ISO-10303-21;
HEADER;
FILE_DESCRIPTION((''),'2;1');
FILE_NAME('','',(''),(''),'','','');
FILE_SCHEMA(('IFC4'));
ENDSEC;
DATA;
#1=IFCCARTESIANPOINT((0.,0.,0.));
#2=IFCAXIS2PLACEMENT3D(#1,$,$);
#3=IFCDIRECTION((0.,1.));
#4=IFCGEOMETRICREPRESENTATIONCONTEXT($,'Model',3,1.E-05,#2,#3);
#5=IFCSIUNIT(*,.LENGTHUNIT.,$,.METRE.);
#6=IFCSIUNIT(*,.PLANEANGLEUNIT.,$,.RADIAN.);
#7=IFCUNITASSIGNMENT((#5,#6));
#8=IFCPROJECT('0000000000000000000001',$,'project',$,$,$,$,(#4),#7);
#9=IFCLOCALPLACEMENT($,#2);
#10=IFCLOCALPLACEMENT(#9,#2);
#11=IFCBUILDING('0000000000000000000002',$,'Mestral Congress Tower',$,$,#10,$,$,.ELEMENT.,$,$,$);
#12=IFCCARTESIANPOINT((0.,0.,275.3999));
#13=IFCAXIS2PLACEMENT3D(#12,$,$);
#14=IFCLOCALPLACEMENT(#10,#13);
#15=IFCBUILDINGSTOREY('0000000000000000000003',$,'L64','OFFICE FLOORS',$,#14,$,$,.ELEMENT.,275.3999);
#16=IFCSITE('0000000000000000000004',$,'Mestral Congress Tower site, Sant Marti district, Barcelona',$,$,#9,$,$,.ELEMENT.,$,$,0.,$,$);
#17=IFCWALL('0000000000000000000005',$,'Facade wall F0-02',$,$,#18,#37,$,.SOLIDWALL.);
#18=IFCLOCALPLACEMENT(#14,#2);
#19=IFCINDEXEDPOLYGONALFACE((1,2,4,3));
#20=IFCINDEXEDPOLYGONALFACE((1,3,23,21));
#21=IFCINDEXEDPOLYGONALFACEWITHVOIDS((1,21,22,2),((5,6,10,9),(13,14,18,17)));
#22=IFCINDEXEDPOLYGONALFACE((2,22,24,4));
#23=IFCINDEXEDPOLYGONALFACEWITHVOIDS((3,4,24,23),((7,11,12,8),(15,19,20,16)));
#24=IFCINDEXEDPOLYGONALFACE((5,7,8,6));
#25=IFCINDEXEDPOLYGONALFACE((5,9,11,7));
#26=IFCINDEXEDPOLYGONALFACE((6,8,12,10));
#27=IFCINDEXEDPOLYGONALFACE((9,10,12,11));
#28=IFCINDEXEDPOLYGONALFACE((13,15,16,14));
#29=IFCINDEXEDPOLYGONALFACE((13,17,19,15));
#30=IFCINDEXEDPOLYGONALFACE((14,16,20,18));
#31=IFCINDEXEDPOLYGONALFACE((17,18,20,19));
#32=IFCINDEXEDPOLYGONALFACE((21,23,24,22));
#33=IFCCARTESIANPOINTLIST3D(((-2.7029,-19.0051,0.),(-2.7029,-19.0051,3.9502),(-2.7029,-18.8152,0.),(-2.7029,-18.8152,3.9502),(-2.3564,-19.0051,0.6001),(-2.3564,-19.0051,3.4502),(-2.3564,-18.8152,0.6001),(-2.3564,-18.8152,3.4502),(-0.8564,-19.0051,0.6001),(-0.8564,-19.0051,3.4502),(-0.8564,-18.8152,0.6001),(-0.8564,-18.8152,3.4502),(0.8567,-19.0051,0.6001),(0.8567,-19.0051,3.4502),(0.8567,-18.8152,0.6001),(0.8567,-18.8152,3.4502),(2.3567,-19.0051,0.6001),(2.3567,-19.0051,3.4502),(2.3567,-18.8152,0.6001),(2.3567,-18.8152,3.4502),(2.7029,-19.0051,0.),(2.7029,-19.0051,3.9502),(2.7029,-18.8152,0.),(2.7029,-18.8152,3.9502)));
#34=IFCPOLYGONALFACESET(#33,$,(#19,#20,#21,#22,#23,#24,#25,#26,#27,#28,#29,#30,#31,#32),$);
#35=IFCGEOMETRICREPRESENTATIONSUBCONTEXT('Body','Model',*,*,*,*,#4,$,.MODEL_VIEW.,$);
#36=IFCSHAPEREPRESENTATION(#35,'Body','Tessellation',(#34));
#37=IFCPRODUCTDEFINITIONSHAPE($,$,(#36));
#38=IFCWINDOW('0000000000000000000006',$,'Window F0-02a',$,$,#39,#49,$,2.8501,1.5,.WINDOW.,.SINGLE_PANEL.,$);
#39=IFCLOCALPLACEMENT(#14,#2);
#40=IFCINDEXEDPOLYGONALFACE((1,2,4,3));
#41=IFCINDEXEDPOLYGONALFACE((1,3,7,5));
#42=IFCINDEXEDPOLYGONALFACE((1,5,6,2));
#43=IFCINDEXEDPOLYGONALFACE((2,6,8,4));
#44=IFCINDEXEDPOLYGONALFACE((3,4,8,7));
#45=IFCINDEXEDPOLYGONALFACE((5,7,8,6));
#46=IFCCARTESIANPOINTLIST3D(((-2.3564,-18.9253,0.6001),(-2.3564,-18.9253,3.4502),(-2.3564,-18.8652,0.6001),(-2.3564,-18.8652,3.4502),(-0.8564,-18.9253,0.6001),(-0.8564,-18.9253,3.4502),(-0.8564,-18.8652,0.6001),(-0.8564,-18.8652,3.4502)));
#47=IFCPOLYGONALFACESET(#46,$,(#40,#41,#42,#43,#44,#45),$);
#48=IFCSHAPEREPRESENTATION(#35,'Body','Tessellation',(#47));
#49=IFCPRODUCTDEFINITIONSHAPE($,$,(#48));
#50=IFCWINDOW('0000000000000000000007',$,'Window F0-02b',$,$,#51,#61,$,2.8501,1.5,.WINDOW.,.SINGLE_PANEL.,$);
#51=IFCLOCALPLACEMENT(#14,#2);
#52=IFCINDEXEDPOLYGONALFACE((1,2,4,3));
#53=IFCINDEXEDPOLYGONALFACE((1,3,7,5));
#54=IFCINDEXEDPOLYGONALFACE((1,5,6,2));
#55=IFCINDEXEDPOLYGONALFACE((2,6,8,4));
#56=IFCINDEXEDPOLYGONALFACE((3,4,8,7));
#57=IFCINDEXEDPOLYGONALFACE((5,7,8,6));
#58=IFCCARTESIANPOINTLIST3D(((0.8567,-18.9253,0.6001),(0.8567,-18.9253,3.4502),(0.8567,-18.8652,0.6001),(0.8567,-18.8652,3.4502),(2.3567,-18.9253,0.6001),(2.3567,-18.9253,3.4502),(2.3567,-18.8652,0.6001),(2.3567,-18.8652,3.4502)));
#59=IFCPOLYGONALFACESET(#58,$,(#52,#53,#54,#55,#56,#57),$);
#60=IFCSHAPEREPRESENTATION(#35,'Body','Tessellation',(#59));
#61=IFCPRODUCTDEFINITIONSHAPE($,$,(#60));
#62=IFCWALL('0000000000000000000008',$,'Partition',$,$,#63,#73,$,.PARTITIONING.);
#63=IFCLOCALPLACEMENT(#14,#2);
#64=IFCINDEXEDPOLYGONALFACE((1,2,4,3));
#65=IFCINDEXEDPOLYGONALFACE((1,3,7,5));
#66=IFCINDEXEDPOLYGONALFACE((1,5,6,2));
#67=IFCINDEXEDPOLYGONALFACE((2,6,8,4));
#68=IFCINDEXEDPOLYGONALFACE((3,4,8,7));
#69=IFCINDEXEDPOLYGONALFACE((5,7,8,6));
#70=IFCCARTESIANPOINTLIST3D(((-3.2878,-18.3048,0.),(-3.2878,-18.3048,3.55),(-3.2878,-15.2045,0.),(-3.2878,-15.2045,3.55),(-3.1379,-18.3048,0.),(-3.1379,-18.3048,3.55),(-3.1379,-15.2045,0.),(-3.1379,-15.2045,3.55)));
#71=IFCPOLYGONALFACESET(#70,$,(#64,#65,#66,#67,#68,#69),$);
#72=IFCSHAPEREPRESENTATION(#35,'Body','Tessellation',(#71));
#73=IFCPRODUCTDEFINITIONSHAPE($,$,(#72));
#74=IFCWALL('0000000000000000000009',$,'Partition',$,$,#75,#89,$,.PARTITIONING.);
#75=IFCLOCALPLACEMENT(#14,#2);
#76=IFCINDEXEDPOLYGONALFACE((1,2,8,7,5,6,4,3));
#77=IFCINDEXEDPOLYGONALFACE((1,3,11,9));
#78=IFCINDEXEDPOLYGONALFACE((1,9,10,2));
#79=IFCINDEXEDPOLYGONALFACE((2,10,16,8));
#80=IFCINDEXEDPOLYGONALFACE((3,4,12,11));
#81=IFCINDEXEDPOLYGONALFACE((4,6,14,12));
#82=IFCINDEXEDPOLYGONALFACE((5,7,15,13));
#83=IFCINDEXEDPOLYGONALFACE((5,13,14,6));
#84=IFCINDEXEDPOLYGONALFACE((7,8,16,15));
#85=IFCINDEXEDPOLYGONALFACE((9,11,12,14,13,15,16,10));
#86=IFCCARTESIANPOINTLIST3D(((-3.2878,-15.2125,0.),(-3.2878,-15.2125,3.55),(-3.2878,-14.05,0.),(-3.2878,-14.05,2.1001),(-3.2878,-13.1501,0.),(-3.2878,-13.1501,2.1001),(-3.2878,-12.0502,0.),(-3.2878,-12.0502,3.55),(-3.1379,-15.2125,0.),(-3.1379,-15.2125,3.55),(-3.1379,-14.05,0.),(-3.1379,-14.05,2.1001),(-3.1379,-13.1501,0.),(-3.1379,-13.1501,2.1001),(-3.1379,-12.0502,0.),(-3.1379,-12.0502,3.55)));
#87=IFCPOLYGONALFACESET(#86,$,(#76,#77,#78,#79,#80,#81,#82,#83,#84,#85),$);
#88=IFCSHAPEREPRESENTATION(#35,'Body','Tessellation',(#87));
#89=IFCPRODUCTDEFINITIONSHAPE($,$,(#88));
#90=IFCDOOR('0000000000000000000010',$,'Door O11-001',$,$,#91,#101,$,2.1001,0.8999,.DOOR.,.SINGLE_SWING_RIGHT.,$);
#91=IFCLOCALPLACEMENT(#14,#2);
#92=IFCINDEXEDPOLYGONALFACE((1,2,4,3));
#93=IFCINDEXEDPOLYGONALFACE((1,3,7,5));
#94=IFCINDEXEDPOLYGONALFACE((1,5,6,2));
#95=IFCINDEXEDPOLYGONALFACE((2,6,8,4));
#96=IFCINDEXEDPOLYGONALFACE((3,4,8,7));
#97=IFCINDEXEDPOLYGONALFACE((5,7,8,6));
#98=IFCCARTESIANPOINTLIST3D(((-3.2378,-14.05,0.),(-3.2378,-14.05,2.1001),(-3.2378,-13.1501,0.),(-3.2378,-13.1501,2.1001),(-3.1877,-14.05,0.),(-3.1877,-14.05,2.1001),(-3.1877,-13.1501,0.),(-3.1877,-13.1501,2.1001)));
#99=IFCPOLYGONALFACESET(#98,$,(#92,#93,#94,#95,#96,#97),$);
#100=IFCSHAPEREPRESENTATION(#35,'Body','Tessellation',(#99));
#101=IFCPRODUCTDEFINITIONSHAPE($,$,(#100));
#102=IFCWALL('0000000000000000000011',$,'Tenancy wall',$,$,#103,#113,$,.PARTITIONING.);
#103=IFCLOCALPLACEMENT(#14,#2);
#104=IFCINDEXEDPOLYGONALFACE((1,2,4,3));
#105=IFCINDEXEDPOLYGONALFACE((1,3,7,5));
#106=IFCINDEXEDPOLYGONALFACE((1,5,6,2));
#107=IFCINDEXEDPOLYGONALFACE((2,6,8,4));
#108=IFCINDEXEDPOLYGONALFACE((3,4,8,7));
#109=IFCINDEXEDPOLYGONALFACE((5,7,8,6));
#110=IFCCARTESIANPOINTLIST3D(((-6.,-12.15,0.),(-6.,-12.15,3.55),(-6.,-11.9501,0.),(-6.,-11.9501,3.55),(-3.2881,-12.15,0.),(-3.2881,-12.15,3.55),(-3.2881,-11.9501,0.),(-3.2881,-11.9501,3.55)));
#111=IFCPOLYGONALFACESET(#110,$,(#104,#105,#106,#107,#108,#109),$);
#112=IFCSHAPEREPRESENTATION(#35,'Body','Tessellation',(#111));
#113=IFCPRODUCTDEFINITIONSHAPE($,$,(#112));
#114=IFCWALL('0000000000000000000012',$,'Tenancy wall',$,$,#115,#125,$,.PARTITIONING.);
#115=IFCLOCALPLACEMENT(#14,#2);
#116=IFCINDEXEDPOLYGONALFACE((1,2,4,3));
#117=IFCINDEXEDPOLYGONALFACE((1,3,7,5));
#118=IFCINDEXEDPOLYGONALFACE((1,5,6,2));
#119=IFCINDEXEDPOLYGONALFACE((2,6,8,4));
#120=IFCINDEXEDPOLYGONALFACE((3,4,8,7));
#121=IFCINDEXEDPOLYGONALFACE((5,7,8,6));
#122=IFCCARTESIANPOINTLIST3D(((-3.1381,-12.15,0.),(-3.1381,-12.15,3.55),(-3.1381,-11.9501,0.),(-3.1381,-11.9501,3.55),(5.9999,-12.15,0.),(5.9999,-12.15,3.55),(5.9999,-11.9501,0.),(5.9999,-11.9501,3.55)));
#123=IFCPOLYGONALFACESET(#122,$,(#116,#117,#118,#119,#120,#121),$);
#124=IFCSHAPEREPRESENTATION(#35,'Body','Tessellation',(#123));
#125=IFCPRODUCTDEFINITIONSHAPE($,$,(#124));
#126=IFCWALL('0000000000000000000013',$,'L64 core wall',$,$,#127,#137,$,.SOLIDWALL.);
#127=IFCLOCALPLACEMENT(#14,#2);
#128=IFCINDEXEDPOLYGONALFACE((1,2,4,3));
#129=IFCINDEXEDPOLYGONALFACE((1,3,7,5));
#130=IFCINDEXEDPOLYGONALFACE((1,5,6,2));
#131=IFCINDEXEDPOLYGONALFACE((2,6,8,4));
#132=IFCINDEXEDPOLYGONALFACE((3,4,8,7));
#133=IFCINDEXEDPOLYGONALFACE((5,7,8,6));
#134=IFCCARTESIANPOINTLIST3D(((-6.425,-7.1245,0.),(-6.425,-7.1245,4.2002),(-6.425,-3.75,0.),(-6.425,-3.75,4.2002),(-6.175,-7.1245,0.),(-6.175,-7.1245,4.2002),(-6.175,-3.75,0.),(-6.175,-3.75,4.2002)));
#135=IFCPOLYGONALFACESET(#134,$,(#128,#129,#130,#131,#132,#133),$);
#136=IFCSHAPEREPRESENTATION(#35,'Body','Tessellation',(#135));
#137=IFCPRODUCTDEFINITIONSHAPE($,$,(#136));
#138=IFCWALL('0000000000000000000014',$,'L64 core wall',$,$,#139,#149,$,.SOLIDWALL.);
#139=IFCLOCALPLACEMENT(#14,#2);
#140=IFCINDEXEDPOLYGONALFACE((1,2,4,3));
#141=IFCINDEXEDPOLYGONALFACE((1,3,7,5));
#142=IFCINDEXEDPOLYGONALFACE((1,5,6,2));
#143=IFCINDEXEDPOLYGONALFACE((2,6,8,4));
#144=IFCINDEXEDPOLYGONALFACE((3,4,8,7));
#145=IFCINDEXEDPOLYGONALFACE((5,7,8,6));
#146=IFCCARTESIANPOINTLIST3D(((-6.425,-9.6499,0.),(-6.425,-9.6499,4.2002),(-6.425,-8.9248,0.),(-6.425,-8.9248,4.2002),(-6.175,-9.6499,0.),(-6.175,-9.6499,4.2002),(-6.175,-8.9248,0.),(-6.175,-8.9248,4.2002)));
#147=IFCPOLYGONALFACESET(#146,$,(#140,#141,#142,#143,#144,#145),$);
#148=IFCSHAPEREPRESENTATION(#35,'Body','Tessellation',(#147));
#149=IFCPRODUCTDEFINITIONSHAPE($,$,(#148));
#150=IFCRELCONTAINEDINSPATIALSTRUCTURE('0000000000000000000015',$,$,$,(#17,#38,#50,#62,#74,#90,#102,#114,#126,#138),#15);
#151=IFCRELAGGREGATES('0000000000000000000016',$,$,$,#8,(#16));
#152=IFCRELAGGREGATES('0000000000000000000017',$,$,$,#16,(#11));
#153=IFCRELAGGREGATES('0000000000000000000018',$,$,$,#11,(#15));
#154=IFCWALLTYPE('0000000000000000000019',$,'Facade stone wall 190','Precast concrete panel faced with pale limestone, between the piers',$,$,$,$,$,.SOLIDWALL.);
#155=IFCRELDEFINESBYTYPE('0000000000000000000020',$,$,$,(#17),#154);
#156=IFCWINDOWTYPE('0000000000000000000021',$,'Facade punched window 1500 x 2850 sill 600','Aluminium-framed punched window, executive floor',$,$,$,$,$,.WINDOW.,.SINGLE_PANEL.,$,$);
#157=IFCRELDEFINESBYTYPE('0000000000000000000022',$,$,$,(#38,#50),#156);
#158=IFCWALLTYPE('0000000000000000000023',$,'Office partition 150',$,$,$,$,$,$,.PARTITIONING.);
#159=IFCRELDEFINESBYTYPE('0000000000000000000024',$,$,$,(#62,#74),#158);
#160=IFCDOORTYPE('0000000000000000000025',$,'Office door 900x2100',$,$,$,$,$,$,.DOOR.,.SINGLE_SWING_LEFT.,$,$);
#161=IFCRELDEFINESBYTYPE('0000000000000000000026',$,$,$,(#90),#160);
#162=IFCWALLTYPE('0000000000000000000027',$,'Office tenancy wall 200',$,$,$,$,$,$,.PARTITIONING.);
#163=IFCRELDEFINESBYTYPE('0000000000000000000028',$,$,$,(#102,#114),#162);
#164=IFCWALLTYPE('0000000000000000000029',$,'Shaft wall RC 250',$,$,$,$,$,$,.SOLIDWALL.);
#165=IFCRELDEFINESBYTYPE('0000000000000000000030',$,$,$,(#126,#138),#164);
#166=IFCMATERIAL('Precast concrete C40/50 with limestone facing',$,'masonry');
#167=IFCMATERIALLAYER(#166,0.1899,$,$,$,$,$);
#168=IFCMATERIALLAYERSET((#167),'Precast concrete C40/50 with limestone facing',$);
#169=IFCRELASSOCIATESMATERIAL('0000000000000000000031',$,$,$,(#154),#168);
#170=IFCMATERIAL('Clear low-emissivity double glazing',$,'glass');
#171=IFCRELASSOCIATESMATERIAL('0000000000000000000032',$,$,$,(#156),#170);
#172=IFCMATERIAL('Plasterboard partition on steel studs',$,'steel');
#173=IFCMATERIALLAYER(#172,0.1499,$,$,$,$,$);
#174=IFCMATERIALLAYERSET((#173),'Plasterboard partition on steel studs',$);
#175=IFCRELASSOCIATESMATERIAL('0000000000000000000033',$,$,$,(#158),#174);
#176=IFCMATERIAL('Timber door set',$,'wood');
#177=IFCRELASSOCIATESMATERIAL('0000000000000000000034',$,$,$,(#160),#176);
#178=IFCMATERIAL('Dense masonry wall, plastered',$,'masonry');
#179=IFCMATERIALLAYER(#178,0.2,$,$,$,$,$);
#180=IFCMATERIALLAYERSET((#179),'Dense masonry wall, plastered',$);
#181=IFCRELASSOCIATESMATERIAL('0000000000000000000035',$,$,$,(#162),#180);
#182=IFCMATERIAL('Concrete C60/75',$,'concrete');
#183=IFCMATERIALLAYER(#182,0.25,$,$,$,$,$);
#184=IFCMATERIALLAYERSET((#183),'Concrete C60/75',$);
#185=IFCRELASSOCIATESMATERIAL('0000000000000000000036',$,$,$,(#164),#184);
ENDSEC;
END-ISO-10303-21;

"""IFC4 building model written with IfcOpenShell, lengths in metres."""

from ifc_helpers import new_model, si_unit, direction, frame, frame_2d, origin, place, context, subcontext, project, spatial, rectangle, extrude, material, layer, layer_set, type_object, element, fill, save


model = new_model("IFC4")

# Units and contexts
model_context = context("Model", 3, precision=1e-05, world=origin(), true_north=direction((0.0, 1.0)))
body_context = subcontext(model_context, "Body", "Model", "MODEL_VIEW")
ifc_project = project(units=[si_unit("LENGTHUNIT", "METRE"), si_unit("PLANEANGLEUNIT", "RADIAN")], contexts=[model_context])

# Site, building, storey
site_placement = place(None, origin())
site = spatial("IfcSite", under=ifc_project, at=site_placement, Name="Mestral Congress Tower site, Sant Marti district, Barcelona", CompositionType="ELEMENT", RefElevation=0.0)
building_placement = place(site_placement, origin())
building = spatial("IfcBuilding", under=site, at=building_placement, Name="Mestral Congress Tower", CompositionType="ELEMENT")
storey_placement = place(building_placement, frame((0.0, 0.0, 275.3999)))
storey = spatial("IfcBuildingStorey", under=building, at=storey_placement, Name="L64", Description="OFFICE FLOORS", CompositionType="ELEMENT", Elevation=275.3999)

# Shared definitions
ifc_material_1 = material(Name="Concrete C60/75", Category="concrete")

# Wall, openings, windows
ifc_material_2 = material(Name="Precast concrete C40/50 with limestone facing", Category="masonry")
ifc_layer_1 = layer(ifc_material_2, 0.1899)
ifc_layer_set_1 = layer_set([ifc_layer_1], Name="Precast concrete C40/50 with limestone facing")
wall_type_1 = type_object("IfcWallType", Name="Facade stone wall 190", Description="Precast concrete panel faced with pale limestone, between the piers", PredefinedType="SOLIDWALL", material=ifc_layer_set_1)
ifc_material_3 = material(Name="Clear low-emissivity double glazing", Category="glass")
window_type = type_object("IfcWindowType", Name="Facade punched window 1500 x 2850 sill 600", Description="Aluminium-framed punched window, executive floor", PartitioningType="SINGLE_PANEL", PredefinedType="WINDOW", material=ifc_material_3)
wall_1_placement = place(storey_placement, frame((-2.7029, -18.9102, 0.0), z_axis=(0.0, 0.0, 1.0), x_axis=(1.0, 0.0, 0.0)))
wall_1 = element("IfcWall", 1, at=wall_1_placement, inside=storey, type_object=wall_type_1, Name="Facade wall F0-02", PredefinedType="SOLIDWALL", context=body_context, shape_type="SweptSolid", body=[
    extrude(rectangle(XDim=5.4058, YDim=0.1899, at=frame_2d((2.7029, 0.0))), origin(), (0.0, 0.0, 1.0), 3.9502),
])
opening_1_placement = place(wall_1_placement, frame((0.3464, 0.0, 0.6001)))
opening_1 = element("IfcOpeningElement", 2, at=opening_1_placement, cuts=wall_1, PredefinedType="OPENING", context=body_context, shape_type="SweptSolid", body=[
    extrude(rectangle(XDim=1.5, YDim=2.8501, at=frame_2d((0.75, 1.425))), frame((0.0, 0.105, 0.0), z_axis=(0.0, -1.0, 0.0), x_axis=(1.0, 0.0, 0.0)), (0.0, 0.0, 1.0), 0.21),
])
opening_2_placement = place(wall_1_placement, frame((3.5596, 0.0, 0.6001)))
opening_2 = element("IfcOpeningElement", 3, at=opening_2_placement, cuts=wall_1, PredefinedType="OPENING", context=body_context, shape_type="SweptSolid", body=[
    extrude(rectangle(XDim=1.5, YDim=2.8501, at=frame_2d((0.75, 1.425))), frame((0.0, 0.105, 0.0), z_axis=(0.0, -1.0, 0.0), x_axis=(1.0, 0.0, 0.0)), (0.0, 0.0, 1.0), 0.21),
])
window_1_placement = place(opening_1_placement, origin())
window_1 = element("IfcWindow", 4, at=window_1_placement, inside=storey, type_object=window_type, Name="Window F0-02a", OverallHeight=2.8501, OverallWidth=1.5, PartitioningType="SINGLE_PANEL", PredefinedType="WINDOW", context=body_context, shape_type="SweptSolid", body=[
    extrude(rectangle(XDim=1.5, YDim=2.8501, at=frame_2d((0.75, 1.425))), frame((0.0, 0.0449, 0.0), z_axis=(0.0, -1.0, 0.0), x_axis=(1.0, 0.0, 0.0)), (0.0, 0.0, 1.0), 0.0601),
])
fill(opening_1, window_1)
window_2_placement = place(opening_2_placement, origin())
window_2 = element("IfcWindow", 5, at=window_2_placement, inside=storey, type_object=window_type, Name="Window F0-02b", OverallHeight=2.8501, OverallWidth=1.5, PartitioningType="SINGLE_PANEL", PredefinedType="WINDOW", context=body_context, shape_type="SweptSolid", body=[
    extrude(rectangle(XDim=1.5, YDim=2.8501, at=frame_2d((0.75, 1.425))), frame((0.0, 0.0449, 0.0), z_axis=(0.0, -1.0, 0.0), x_axis=(1.0, 0.0, 0.0)), (0.0, 0.0, 1.0), 0.0601),
])
fill(opening_2, window_2)

# Wall
ifc_material_4 = material(Name="Plasterboard partition on steel studs", Category="steel")
ifc_layer_2 = layer(ifc_material_4, 0.1499)
ifc_layer_set_2 = layer_set([ifc_layer_2], Name="Plasterboard partition on steel studs")
wall_type_2 = type_object("IfcWallType", Name="Office partition 150", PredefinedType="PARTITIONING", material=ifc_layer_set_2)
wall_2_placement = place(storey_placement, frame((-3.2129, -15.2043, 0.0), z_axis=(0.0, 0.0, 1.0), x_axis=(0.0, -1.0, 0.0)))
element("IfcWall", 6, at=wall_2_placement, inside=storey, type_object=wall_type_2, Name="Partition", PredefinedType="PARTITIONING", context=body_context, shape_type="SweptSolid", body=[
    extrude(rectangle(XDim=3.1003, YDim=0.1499, at=frame_2d((1.5503, 0.0))), origin(), (0.0, 0.0, 1.0), 3.55),
])

# Wall, opening, door
wall_3_placement = place(storey_placement, frame((-3.2129, -15.2124, 0.0), z_axis=(0.0, 0.0, 1.0), x_axis=(0.0, 1.0, 0.0)))
wall_3 = element("IfcWall", 7, at=wall_3_placement, inside=storey, type_object=wall_type_2, Name="Partition", PredefinedType="PARTITIONING", context=body_context, shape_type="SweptSolid", body=[
    extrude(rectangle(XDim=3.1624, YDim=0.1499, at=frame_2d((1.5811, 0.0))), origin(), (0.0, 0.0, 1.0), 3.55),
])
opening_3_placement = place(wall_3_placement, frame((1.1624, 0.0, 0.0)))
opening_3 = element("IfcOpeningElement", 8, at=opening_3_placement, cuts=wall_3, PredefinedType="OPENING", context=body_context, shape_type="SweptSolid", body=[
    extrude(rectangle(XDim=0.8999, YDim=2.1001, at=frame_2d((0.45, 1.05))), frame((0.0, 0.085, 0.0), z_axis=(0.0, -1.0, 0.0), x_axis=(1.0, 0.0, 0.0)), (0.0, 0.0, 1.0), 0.1699),
])
ifc_material_5 = material(Name="Timber door set", Category="wood")
door_type_1 = type_object("IfcDoorType", Name="Office door 900x2100", OperationType="SINGLE_SWING_LEFT", PredefinedType="DOOR", material=ifc_material_5)
door_1_placement = place(opening_3_placement, origin())
door_1 = element("IfcDoor", 9, at=door_1_placement, inside=storey, type_object=door_type_1, Name="Door O11-001", OperationType="SINGLE_SWING_RIGHT", OverallHeight=2.1001, OverallWidth=0.8999, PredefinedType="DOOR", context=body_context, shape_type="SweptSolid", body=[
    extrude(rectangle(XDim=0.8999, YDim=2.1001, at=frame_2d((0.45, 1.05))), frame((0.0, 0.0249, 0.0), z_axis=(0.0, -1.0, 0.0), x_axis=(1.0, 0.0, 0.0)), (0.0, 0.0, 1.0), 0.05),
])
fill(opening_3, door_1)

# Walls
ifc_material_6 = material(Name="Dense masonry wall, plastered", Category="masonry")
ifc_layer_3 = layer(ifc_material_6, 0.2)
ifc_layer_set_3 = layer_set([ifc_layer_3], Name="Dense masonry wall, plastered")
wall_type_3 = type_object("IfcWallType", Name="Office tenancy wall 200", PredefinedType="PARTITIONING", material=ifc_layer_set_3)
wall_4_placement = place(storey_placement, frame((-6.0, -12.05, 0.0), z_axis=(0.0, 0.0, 1.0), x_axis=(1.0, 0.0, 0.0)))
element("IfcWall", 10, at=wall_4_placement, inside=storey, type_object=wall_type_3, Name="Tenancy wall", PredefinedType="PARTITIONING", context=body_context, shape_type="SweptSolid", body=[
    extrude(rectangle(XDim=2.7119, YDim=0.2, at=frame_2d((1.356, 0.0))), origin(), (0.0, 0.0, 1.0), 3.55),
])
wall_5_placement = place(storey_placement, frame((-3.1379, -12.05, 0.0), z_axis=(0.0, 0.0, 1.0), x_axis=(1.0, 0.0, 0.0)))
element("IfcWall", 11, at=wall_5_placement, inside=storey, type_object=wall_type_3, Name="Tenancy wall", PredefinedType="PARTITIONING", context=body_context, shape_type="SweptSolid", body=[
    extrude(rectangle(XDim=9.1379, YDim=0.2, at=frame_2d((4.5688, 0.0))), origin(), (0.0, 0.0, 1.0), 3.55),
])
ifc_layer_4 = layer(ifc_material_1, 0.25)
ifc_layer_set_4 = layer_set([ifc_layer_4], Name="Concrete C60/75")
wall_type_4 = type_object("IfcWallType", Name="Shaft wall RC 250", PredefinedType="SOLIDWALL", material=ifc_layer_set_4)
wall_6_placement = place(storey_placement, frame((-6.3, -7.1245, 0.0), z_axis=(0.0, 0.0, 1.0), x_axis=(0.0, 1.0, 0.0)))
element("IfcWall", 12, at=wall_6_placement, inside=storey, type_object=wall_type_4, Name="L64 core wall", PredefinedType="SOLIDWALL", context=body_context, shape_type="SweptSolid", body=[
    extrude(rectangle(XDim=3.3745, YDim=0.25, at=frame_2d((1.6873, 0.0))), origin(), (0.0, 0.0, 1.0), 4.2002),
])
wall_7_placement = place(storey_placement, frame((-6.3, -8.9248, 0.0), z_axis=(0.0, 0.0, 1.0), x_axis=(0.0, -1.0, 0.0)))
element("IfcWall", 13, at=wall_7_placement, inside=storey, type_object=wall_type_4, Name="L64 core wall", PredefinedType="SOLIDWALL", context=body_context, shape_type="SweptSolid", body=[
    extrude(rectangle(XDim=0.7251, YDim=0.25, at=frame_2d((0.3625, 0.0))), origin(), (0.0, 0.0, 1.0), 4.2002),
])

save(model, "model.ifc")
